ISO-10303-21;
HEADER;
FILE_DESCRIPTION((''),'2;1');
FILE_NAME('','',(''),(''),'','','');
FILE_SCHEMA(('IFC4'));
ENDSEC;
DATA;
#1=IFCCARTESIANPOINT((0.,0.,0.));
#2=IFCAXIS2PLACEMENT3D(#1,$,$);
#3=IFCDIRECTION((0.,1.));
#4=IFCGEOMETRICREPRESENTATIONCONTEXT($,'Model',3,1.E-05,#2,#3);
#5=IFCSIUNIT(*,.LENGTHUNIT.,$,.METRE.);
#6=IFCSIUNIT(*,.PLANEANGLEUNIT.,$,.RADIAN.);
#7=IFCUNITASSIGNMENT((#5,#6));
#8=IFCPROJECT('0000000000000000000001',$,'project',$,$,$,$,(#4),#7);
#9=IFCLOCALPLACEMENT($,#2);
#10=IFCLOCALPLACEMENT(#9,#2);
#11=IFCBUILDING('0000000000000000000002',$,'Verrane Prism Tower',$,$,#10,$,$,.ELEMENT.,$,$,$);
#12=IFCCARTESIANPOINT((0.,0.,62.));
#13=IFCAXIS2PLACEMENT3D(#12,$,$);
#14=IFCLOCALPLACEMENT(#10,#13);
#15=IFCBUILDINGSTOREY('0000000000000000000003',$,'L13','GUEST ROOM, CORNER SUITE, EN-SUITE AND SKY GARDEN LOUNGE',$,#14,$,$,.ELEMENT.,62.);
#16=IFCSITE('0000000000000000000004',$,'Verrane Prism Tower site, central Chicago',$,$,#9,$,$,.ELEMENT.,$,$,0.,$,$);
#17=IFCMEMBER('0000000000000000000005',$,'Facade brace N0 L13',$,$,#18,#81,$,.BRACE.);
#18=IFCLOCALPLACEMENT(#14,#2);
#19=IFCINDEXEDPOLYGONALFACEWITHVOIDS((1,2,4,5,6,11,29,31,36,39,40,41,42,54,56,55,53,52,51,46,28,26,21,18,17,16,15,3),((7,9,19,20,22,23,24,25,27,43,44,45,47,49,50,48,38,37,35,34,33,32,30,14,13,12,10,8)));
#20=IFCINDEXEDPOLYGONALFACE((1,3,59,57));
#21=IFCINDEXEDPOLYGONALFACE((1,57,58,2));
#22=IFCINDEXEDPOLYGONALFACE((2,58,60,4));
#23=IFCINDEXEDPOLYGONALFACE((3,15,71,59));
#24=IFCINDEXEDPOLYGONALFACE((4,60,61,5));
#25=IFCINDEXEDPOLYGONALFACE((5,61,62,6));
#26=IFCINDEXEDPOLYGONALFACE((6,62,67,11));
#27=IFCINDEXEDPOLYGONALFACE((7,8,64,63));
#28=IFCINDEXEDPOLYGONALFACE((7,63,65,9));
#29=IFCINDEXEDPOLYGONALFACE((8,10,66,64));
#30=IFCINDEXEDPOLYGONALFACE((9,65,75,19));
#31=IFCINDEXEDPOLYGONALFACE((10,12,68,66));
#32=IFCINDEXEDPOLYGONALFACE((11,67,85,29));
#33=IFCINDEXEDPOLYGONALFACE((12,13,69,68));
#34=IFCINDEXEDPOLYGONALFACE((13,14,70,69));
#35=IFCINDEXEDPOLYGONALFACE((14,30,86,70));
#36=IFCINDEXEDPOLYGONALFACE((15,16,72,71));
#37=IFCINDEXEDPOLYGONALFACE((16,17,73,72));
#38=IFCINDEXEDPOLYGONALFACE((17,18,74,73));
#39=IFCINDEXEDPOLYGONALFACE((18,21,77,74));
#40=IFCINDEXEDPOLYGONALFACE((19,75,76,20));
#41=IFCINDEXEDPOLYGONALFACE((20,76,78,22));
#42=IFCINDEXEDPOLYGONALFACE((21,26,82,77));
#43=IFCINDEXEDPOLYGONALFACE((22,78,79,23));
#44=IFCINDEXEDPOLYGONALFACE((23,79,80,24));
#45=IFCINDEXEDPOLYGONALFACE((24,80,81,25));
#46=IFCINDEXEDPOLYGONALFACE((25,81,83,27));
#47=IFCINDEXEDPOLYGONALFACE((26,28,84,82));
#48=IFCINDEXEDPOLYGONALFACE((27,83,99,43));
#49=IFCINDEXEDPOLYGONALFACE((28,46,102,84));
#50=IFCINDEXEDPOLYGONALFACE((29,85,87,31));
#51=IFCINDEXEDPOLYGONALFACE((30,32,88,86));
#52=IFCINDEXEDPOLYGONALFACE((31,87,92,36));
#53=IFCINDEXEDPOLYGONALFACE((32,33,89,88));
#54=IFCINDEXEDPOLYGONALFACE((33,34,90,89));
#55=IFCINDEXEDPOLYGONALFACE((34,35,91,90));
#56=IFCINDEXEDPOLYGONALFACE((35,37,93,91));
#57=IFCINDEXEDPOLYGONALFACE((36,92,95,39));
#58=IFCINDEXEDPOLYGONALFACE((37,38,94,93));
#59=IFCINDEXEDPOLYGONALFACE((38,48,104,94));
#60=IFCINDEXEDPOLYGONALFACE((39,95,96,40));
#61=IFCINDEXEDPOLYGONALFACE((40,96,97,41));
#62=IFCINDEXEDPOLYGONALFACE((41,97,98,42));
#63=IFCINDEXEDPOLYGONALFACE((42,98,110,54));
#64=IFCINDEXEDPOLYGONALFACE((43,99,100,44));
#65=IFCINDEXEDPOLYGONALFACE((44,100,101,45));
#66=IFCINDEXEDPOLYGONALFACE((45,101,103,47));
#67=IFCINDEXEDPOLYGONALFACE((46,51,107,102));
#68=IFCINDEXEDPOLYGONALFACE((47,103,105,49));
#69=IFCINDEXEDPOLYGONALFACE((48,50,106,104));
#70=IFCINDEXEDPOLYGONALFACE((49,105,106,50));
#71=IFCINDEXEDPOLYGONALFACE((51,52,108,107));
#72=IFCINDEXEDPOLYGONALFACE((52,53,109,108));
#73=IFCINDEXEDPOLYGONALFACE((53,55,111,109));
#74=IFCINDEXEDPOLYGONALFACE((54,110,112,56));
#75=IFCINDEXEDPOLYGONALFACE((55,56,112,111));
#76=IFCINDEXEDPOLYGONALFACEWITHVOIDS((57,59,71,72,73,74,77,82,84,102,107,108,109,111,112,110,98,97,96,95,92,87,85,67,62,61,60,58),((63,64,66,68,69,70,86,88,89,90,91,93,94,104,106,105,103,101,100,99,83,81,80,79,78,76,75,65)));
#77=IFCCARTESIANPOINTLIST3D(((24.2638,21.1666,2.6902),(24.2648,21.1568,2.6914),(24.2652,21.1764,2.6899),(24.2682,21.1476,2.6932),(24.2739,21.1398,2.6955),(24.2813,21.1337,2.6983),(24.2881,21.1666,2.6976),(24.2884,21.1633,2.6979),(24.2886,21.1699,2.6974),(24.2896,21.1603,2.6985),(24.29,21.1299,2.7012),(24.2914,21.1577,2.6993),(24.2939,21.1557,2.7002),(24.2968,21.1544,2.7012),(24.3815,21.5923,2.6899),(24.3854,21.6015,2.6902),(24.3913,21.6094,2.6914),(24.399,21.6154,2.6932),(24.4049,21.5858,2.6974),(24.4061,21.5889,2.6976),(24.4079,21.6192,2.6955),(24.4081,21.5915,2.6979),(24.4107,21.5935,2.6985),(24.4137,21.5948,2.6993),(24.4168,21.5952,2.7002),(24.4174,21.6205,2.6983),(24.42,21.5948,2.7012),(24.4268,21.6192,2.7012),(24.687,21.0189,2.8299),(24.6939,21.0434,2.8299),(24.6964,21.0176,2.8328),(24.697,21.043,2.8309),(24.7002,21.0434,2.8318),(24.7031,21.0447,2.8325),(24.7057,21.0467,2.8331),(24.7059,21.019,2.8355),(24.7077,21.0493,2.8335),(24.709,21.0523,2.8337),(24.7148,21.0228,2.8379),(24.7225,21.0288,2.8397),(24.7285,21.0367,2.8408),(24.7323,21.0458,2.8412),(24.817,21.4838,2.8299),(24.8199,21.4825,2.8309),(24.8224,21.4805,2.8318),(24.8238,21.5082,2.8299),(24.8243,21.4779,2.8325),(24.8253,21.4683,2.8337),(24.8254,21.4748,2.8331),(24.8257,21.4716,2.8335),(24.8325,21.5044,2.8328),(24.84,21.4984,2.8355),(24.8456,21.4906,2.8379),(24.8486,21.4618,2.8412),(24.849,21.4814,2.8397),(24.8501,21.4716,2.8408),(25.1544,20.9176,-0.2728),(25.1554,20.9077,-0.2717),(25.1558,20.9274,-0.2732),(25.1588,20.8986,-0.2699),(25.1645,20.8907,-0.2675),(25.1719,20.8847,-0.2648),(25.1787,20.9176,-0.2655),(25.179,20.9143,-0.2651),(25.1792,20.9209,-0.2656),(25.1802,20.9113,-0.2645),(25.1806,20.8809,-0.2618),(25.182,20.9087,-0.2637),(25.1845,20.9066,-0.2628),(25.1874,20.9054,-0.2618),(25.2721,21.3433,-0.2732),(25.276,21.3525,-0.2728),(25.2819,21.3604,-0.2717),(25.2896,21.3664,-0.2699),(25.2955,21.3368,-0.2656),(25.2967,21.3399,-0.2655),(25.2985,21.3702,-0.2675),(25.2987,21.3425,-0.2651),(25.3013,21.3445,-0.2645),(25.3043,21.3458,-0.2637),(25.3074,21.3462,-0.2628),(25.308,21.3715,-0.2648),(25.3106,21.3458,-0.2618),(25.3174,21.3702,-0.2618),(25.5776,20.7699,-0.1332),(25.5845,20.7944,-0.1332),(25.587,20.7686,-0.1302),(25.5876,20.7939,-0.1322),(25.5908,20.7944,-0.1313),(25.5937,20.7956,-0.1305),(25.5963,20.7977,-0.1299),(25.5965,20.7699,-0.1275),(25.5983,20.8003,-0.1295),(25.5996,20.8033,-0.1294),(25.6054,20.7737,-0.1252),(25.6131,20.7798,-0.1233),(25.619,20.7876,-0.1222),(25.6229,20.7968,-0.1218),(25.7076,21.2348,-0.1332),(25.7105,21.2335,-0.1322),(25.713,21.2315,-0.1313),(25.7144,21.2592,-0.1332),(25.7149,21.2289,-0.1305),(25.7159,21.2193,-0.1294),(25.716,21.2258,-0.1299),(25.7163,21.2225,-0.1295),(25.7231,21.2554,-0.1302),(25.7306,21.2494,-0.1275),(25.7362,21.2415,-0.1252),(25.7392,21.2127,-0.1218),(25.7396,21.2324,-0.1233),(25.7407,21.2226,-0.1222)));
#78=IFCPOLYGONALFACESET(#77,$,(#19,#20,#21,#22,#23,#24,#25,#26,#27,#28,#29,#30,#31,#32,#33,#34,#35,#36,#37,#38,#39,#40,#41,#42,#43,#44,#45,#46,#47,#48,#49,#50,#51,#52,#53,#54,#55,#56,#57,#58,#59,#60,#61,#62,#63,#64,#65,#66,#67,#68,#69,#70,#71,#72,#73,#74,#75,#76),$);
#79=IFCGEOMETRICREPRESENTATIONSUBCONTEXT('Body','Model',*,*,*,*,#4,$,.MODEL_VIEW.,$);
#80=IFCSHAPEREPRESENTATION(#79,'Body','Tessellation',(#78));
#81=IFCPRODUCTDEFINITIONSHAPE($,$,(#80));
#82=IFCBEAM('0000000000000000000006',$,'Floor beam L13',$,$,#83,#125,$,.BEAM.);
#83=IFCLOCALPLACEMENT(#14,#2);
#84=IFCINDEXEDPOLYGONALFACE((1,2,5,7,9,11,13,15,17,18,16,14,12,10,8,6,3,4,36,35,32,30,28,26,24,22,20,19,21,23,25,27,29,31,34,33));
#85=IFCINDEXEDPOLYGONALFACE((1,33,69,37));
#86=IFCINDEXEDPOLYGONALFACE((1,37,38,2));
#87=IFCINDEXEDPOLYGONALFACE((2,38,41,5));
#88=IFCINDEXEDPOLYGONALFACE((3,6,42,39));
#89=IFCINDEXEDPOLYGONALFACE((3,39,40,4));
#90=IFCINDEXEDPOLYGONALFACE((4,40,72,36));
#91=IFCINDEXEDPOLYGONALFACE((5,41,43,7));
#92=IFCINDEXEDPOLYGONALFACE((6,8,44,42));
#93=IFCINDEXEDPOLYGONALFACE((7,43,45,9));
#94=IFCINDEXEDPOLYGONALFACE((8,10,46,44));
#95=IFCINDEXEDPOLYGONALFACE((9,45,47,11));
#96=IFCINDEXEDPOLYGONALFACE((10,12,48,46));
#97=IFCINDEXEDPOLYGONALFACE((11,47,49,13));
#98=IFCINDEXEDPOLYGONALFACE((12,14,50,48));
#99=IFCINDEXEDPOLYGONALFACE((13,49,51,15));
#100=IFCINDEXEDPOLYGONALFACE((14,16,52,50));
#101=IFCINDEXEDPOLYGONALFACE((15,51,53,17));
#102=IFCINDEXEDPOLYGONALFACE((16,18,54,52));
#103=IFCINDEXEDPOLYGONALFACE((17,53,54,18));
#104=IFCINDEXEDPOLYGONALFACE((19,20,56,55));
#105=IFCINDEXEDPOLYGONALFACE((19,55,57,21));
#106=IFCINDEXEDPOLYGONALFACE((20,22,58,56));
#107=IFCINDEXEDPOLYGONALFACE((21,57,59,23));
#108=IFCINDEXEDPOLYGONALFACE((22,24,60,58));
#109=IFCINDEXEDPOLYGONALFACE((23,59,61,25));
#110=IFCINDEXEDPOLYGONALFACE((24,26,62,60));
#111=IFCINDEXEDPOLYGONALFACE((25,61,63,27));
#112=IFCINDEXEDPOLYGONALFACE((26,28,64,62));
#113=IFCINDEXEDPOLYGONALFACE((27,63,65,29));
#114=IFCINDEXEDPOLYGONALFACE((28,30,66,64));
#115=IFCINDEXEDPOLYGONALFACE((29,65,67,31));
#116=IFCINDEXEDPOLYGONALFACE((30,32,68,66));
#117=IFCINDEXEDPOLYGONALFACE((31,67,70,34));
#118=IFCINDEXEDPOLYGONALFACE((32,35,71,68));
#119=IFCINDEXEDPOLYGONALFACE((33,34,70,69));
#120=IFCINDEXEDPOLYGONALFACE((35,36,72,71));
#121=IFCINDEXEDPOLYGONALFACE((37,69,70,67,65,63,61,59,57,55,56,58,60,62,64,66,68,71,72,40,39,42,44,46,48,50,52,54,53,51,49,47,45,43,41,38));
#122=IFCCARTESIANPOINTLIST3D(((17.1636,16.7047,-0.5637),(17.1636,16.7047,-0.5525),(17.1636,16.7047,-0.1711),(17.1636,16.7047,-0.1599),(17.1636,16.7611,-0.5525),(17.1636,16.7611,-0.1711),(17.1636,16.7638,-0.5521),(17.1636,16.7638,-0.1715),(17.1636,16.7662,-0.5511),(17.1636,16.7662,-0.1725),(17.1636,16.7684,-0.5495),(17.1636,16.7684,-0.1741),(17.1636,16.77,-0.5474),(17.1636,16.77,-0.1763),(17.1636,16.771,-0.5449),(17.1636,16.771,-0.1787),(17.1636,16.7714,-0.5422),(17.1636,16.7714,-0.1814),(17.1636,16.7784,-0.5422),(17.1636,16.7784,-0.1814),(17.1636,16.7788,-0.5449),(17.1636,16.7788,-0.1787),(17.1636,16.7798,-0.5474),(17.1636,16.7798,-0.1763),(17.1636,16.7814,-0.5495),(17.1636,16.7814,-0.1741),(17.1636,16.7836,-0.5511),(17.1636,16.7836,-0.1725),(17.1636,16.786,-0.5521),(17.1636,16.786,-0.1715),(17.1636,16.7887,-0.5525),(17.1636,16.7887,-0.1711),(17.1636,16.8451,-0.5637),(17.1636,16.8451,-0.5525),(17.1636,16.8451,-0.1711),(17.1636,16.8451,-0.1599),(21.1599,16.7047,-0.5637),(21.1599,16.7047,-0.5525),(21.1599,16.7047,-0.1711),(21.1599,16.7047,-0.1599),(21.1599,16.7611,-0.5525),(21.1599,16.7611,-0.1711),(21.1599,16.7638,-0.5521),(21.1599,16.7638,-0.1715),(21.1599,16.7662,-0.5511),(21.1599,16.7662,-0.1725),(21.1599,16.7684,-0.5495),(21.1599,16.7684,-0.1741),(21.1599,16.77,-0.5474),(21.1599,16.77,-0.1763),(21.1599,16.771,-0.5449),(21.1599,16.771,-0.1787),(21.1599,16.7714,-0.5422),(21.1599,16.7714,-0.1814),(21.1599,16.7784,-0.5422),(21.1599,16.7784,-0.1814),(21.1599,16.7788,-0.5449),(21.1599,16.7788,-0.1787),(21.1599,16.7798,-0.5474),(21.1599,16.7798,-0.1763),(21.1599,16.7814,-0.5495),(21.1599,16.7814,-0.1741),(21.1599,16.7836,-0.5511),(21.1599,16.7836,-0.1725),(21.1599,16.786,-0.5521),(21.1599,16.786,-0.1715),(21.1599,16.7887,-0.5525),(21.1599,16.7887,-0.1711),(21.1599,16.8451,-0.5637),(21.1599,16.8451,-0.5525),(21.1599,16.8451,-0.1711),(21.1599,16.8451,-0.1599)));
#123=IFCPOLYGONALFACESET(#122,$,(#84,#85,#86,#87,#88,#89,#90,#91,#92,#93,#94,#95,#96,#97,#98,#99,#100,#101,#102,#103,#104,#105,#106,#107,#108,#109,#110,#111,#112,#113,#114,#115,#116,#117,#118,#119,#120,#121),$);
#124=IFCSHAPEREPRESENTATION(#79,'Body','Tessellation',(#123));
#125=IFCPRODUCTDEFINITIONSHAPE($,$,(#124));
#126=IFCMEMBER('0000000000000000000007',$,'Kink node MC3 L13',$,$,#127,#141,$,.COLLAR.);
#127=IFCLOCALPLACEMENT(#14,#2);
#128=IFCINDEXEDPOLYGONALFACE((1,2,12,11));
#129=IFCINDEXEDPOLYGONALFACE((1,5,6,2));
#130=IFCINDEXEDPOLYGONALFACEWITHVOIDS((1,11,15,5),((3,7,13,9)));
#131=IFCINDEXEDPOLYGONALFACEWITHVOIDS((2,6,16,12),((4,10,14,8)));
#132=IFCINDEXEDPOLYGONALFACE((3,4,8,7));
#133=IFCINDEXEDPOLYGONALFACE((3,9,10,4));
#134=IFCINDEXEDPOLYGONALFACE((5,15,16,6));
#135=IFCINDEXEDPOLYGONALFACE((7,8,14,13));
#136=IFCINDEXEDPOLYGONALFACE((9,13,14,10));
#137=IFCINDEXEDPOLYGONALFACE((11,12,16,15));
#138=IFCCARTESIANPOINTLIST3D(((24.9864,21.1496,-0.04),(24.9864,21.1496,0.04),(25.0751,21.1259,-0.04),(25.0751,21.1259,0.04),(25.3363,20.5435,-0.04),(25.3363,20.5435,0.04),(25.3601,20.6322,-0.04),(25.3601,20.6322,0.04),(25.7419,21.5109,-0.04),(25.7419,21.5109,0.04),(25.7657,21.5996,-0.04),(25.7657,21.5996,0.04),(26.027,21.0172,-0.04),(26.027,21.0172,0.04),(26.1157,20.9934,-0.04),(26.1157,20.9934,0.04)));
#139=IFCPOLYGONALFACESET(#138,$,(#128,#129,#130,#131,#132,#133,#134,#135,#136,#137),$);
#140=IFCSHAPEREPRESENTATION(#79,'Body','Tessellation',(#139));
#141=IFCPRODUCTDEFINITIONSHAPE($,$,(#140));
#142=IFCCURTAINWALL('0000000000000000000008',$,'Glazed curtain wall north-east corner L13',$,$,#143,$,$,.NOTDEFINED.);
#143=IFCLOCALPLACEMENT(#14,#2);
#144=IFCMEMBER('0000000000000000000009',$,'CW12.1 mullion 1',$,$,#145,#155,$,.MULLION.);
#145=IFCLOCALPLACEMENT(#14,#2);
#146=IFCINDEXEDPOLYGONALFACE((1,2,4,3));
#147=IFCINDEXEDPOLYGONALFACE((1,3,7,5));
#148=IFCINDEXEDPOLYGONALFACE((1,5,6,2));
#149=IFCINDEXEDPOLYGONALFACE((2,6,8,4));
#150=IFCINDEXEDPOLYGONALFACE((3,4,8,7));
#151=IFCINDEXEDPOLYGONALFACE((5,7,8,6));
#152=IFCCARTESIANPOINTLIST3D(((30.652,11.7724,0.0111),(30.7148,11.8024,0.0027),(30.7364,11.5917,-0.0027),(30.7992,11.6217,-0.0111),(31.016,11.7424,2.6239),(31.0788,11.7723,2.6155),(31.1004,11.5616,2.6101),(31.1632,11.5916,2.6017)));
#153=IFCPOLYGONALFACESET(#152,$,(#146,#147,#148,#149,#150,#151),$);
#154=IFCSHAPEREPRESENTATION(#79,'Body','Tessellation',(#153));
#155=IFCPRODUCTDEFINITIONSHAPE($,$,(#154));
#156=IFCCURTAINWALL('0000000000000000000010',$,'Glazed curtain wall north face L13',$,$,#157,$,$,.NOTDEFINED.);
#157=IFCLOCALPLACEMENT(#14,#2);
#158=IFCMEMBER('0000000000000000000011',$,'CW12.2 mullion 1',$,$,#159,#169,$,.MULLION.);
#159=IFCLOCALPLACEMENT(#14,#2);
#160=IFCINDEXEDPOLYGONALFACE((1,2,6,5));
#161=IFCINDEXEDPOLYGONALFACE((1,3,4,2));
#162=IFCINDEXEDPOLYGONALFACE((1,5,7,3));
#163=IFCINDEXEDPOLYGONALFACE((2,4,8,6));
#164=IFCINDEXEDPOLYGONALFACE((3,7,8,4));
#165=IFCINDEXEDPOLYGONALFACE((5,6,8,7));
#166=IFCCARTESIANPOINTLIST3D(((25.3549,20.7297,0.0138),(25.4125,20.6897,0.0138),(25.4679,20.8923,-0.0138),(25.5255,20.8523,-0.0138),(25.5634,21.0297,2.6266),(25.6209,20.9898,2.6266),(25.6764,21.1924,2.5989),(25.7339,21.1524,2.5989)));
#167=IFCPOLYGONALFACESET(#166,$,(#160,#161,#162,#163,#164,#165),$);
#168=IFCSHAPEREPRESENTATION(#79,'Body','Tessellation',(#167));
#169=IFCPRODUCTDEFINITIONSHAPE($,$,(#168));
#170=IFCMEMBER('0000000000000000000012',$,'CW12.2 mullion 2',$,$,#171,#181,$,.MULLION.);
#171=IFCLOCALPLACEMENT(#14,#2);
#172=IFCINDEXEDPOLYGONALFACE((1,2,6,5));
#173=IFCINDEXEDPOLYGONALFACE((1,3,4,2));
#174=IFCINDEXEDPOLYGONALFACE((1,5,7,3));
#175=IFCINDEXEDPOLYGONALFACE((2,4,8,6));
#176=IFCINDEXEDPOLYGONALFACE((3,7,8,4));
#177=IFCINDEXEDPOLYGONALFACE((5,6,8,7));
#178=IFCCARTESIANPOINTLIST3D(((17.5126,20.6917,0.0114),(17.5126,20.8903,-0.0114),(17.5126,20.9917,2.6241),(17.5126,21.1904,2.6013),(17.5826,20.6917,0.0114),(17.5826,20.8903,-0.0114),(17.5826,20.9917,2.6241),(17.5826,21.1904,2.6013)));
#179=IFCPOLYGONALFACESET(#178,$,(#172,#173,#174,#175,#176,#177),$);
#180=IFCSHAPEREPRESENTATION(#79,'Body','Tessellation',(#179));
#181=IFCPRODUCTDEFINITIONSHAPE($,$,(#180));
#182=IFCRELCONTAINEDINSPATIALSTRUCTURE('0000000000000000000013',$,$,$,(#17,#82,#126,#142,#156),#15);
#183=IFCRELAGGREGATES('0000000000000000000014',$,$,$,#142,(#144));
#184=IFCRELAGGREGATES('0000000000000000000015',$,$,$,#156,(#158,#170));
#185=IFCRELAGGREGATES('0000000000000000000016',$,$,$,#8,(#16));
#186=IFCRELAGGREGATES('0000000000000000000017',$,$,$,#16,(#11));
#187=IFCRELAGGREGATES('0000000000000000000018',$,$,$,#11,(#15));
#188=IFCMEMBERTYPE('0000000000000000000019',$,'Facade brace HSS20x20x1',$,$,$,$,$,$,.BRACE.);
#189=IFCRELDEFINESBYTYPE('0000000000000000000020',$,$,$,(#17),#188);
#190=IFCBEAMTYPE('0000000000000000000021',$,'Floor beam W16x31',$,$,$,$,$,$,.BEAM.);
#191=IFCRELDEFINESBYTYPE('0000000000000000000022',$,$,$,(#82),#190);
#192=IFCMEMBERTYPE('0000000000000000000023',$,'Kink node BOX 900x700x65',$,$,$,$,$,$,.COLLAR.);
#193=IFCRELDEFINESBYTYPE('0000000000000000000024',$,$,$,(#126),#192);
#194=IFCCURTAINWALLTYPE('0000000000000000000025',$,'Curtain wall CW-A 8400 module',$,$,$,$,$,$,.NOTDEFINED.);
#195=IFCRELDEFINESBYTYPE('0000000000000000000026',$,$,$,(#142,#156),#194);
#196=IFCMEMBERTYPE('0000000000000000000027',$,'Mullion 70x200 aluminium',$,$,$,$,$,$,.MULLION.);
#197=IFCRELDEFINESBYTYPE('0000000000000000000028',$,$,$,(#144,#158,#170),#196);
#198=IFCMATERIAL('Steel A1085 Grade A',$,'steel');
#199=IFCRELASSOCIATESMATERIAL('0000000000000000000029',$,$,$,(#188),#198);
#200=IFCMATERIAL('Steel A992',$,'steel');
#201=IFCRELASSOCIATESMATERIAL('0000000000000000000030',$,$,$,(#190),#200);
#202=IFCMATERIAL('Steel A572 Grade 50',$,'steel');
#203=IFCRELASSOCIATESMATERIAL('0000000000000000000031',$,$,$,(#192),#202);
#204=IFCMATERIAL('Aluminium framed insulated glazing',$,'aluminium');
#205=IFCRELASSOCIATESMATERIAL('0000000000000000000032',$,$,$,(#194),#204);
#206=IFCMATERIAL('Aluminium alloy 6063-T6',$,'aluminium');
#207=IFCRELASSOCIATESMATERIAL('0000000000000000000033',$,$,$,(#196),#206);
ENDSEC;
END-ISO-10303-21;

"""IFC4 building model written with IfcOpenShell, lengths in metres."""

from ifc_helpers import new_model, si_unit, direction, frame, origin, origin_2d, place, context, subcontext, project, spatial, rectangle, hollow_rectangle, i_section, extrude, material, material_profile, profile_set, type_object, element, aggregate, save


model = new_model("IFC4")

# Units and contexts
model_context = context("Model", 3, precision=1e-05, world=origin(), true_north=direction((0.0, 1.0)))
body_context = subcontext(model_context, "Body", "Model", "MODEL_VIEW")
ifc_project = project(units=[si_unit("LENGTHUNIT", "METRE"), si_unit("PLANEANGLEUNIT", "RADIAN")], contexts=[model_context])

# Site, building, storey
site_placement = place(None, origin())
site = spatial("IfcSite", under=ifc_project, at=site_placement, Name="Verrane Prism Tower site, central Chicago", CompositionType="ELEMENT", RefElevation=0.0)
building_placement = place(site_placement, origin())
building = spatial("IfcBuilding", under=site, at=building_placement, Name="Verrane Prism Tower", CompositionType="ELEMENT")
storey_placement = place(building_placement, frame((0.0, 0.0, 62.0)))
storey = spatial("IfcBuildingStorey", under=building, at=storey_placement, Name="L13", Description="GUEST ROOM, CORNER SUITE, EN-SUITE AND SKY GARDEN LOUNGE", CompositionType="ELEMENT", Elevation=62.0)

# Member
ifc_material_1 = material(Name="Steel A1085 Grade A", Category="steel")
ifc_material_profile_1 = material_profile(ifc_material_1, hollow_rectangle(XDim=0.5081, YDim=0.5081, WallThickness=0.0254, InnerFilletRadius=0.0127, OuterFilletRadius=0.0381, at=origin_2d()), Name="HSS20x20x1")
ifc_profile_set_1 = profile_set([ifc_material_profile_1], Name="Steel A1085 Grade A")
member_type_1 = type_object("IfcMemberType", Name="Facade brace HSS20x20x1", PredefinedType="BRACE", material=ifc_profile_set_1)
member_1_placement = place(storey_placement, frame((25.4475, 21.0701, -0.1975), z_axis=(-0.28692, 0.080224, 0.95459), x_axis=(-0.269277, -0.963063, 0.0)))
element("IfcMember", 1, at=member_1_placement, inside=storey, type_object=member_type_1, Name="Facade brace N0 L13", PredefinedType="BRACE", context=body_context, shape_type="SweptSolid", body=[
    extrude(hollow_rectangle(XDim=0.5081, YDim=0.5081, WallThickness=0.0254, InnerFilletRadius=0.0127, OuterFilletRadius=0.0381, at=origin_2d()), origin(), (0.0, 0.0, 1.0), 3.104),
])

# Beam
ifc_material_2 = material(Name="Steel A992", Category="steel")
ifc_material_profile_2 = material_profile(ifc_material_2, i_section(OverallWidth=0.1404, OverallDepth=0.4038, WebThickness=0.0071, FlangeThickness=0.0112, FilletRadius=0.0103, at=origin_2d()), Name="W16x31")
ifc_profile_set_2 = profile_set([ifc_material_profile_2], Name="Steel A992")
beam_type_1 = type_object("IfcBeamType", Name="Floor beam W16x31", PredefinedType="BEAM", material=ifc_profile_set_2)
beam_1_placement = place(storey_placement, frame((17.1636, 16.7749, -0.3618), z_axis=(1.0, 0.0, 0.0), x_axis=(0.0, 1.0, 0.0)))
element("IfcBeam", 2, at=beam_1_placement, inside=storey, type_object=beam_type_1, Name="Floor beam L13", PredefinedType="BEAM", context=body_context, shape_type="SweptSolid", body=[
    extrude(i_section(OverallWidth=0.1404, OverallDepth=0.4038, WebThickness=0.0071, FlangeThickness=0.0112, FilletRadius=0.0103, at=origin_2d()), origin(), (0.0, 0.0, 1.0), 3.9963),
])

# Member
ifc_material_3 = material(Name="Steel A572 Grade 50", Category="steel")
ifc_material_profile_3 = material_profile(ifc_material_3, hollow_rectangle(XDim=0.7, YDim=0.8999, WallThickness=0.0649, at=origin_2d()), Name="BOX 900x700x65")
ifc_profile_set_3 = profile_set([ifc_material_profile_3], Name="Steel A572 Grade 50")
member_type_2 = type_object("IfcMemberType", Name="Kink node BOX 900x700x65", PredefinedType="COLLAR", material=ifc_profile_set_3)
member_2_placement = place(storey_placement, frame((25.551, 21.0715, -0.04), z_axis=(0.0, 0.0, 1.0), x_axis=(0.5, -0.866025, 0.0)))
element("IfcMember", 3, at=member_2_placement, inside=storey, type_object=member_type_2, Name="Kink node MC3 L13", PredefinedType="COLLAR", context=body_context, shape_type="SweptSolid", body=[
    extrude(hollow_rectangle(XDim=0.7, YDim=0.8999, WallThickness=0.0649, at=origin_2d()), origin(), (0.0, 0.0, 1.0), 0.0801),
])

# Curtain wall, member
ifc_material_4 = material(Name="Aluminium framed insulated glazing", Category="aluminium")
curtain_wall_type = type_object("IfcCurtainWallType", Name="Curtain wall CW-A 8400 module", PredefinedType="NOTDEFINED", material=ifc_material_4)
curtain_wall_1_placement = place(storey_placement, origin())
curtain_wall_1 = element("IfcCurtainWall", 4, at=curtain_wall_1_placement, inside=storey, type_object=curtain_wall_type, Name="Glazed curtain wall north-east corner L13", PredefinedType="NOTDEFINED")
ifc_material_5 = material(Name="Aluminium alloy 6063-T6", Category="aluminium")
ifc_material_profile_4 = material_profile(ifc_material_5, rectangle(XDim=0.2, YDim=0.0701, at=origin_2d()), Name="Mullion 70x200 aluminium")
ifc_profile_set_4 = profile_set([ifc_material_profile_4], Name="Aluminium alloy 6063-T6")
member_type_3 = type_object("IfcMemberType", Name="Mullion 70x200 aluminium", PredefinedType="MULLION", material=ifc_profile_set_4)
member_3_placement = place(storey_placement, frame((30.7256, 11.697, 0.0), z_axis=(0.137978, -0.011382, 0.99037), x_axis=(0.422306, -0.903806, -0.069223)))
member_3 = element("IfcMember", 5, at=member_3_placement, type_object=member_type_3, Name="CW12.1 mullion 1", PredefinedType="MULLION", context=body_context, shape_type="SweptSolid", body=[
    extrude(rectangle(XDim=0.2, YDim=0.0701, at=origin_2d()), origin(), (0.0, 0.0, 1.0), 2.6382),
])

# Curtain wall, members
curtain_wall_2_placement = place(storey_placement, origin())
curtain_wall_2 = element("IfcCurtainWall", 6, at=curtain_wall_2_placement, inside=storey, type_object=curtain_wall_type, Name="Glazed curtain wall north face L13", PredefinedType="NOTDEFINED")
member_4_placement = place(storey_placement, frame((25.4402, 20.791, 0.0), z_axis=(0.079029, 0.113732, 0.990363), x_axis=(0.565135, 0.813291, -0.138494)))
member_4 = element("IfcMember", 7, at=member_4_placement, type_object=member_type_3, Name="CW12.2 mullion 1", PredefinedType="MULLION", context=body_context, shape_type="SweptSolid", body=[
    extrude(rectangle(XDim=0.2, YDim=0.0701, at=origin_2d()), origin(), (0.0, 0.0, 1.0), 2.6382),
])
member_5_placement = place(storey_placement, frame((17.5476, 20.791, 0.0), z_axis=(0.0, 0.114089, 0.993471), x_axis=(0.0, 0.993471, -0.114089)))
member_5 = element("IfcMember", 8, at=member_5_placement, type_object=member_type_3, Name="CW12.2 mullion 2", PredefinedType="MULLION", context=body_context, shape_type="SweptSolid", body=[
    extrude(rectangle(XDim=0.2, YDim=0.0701, at=origin_2d()), origin(), (0.0, 0.0, 1.0), 2.6299),
])

aggregate(curtain_wall_1, [member_3])
aggregate(curtain_wall_2, [member_4, member_5])

save(model, "model.ifc")
